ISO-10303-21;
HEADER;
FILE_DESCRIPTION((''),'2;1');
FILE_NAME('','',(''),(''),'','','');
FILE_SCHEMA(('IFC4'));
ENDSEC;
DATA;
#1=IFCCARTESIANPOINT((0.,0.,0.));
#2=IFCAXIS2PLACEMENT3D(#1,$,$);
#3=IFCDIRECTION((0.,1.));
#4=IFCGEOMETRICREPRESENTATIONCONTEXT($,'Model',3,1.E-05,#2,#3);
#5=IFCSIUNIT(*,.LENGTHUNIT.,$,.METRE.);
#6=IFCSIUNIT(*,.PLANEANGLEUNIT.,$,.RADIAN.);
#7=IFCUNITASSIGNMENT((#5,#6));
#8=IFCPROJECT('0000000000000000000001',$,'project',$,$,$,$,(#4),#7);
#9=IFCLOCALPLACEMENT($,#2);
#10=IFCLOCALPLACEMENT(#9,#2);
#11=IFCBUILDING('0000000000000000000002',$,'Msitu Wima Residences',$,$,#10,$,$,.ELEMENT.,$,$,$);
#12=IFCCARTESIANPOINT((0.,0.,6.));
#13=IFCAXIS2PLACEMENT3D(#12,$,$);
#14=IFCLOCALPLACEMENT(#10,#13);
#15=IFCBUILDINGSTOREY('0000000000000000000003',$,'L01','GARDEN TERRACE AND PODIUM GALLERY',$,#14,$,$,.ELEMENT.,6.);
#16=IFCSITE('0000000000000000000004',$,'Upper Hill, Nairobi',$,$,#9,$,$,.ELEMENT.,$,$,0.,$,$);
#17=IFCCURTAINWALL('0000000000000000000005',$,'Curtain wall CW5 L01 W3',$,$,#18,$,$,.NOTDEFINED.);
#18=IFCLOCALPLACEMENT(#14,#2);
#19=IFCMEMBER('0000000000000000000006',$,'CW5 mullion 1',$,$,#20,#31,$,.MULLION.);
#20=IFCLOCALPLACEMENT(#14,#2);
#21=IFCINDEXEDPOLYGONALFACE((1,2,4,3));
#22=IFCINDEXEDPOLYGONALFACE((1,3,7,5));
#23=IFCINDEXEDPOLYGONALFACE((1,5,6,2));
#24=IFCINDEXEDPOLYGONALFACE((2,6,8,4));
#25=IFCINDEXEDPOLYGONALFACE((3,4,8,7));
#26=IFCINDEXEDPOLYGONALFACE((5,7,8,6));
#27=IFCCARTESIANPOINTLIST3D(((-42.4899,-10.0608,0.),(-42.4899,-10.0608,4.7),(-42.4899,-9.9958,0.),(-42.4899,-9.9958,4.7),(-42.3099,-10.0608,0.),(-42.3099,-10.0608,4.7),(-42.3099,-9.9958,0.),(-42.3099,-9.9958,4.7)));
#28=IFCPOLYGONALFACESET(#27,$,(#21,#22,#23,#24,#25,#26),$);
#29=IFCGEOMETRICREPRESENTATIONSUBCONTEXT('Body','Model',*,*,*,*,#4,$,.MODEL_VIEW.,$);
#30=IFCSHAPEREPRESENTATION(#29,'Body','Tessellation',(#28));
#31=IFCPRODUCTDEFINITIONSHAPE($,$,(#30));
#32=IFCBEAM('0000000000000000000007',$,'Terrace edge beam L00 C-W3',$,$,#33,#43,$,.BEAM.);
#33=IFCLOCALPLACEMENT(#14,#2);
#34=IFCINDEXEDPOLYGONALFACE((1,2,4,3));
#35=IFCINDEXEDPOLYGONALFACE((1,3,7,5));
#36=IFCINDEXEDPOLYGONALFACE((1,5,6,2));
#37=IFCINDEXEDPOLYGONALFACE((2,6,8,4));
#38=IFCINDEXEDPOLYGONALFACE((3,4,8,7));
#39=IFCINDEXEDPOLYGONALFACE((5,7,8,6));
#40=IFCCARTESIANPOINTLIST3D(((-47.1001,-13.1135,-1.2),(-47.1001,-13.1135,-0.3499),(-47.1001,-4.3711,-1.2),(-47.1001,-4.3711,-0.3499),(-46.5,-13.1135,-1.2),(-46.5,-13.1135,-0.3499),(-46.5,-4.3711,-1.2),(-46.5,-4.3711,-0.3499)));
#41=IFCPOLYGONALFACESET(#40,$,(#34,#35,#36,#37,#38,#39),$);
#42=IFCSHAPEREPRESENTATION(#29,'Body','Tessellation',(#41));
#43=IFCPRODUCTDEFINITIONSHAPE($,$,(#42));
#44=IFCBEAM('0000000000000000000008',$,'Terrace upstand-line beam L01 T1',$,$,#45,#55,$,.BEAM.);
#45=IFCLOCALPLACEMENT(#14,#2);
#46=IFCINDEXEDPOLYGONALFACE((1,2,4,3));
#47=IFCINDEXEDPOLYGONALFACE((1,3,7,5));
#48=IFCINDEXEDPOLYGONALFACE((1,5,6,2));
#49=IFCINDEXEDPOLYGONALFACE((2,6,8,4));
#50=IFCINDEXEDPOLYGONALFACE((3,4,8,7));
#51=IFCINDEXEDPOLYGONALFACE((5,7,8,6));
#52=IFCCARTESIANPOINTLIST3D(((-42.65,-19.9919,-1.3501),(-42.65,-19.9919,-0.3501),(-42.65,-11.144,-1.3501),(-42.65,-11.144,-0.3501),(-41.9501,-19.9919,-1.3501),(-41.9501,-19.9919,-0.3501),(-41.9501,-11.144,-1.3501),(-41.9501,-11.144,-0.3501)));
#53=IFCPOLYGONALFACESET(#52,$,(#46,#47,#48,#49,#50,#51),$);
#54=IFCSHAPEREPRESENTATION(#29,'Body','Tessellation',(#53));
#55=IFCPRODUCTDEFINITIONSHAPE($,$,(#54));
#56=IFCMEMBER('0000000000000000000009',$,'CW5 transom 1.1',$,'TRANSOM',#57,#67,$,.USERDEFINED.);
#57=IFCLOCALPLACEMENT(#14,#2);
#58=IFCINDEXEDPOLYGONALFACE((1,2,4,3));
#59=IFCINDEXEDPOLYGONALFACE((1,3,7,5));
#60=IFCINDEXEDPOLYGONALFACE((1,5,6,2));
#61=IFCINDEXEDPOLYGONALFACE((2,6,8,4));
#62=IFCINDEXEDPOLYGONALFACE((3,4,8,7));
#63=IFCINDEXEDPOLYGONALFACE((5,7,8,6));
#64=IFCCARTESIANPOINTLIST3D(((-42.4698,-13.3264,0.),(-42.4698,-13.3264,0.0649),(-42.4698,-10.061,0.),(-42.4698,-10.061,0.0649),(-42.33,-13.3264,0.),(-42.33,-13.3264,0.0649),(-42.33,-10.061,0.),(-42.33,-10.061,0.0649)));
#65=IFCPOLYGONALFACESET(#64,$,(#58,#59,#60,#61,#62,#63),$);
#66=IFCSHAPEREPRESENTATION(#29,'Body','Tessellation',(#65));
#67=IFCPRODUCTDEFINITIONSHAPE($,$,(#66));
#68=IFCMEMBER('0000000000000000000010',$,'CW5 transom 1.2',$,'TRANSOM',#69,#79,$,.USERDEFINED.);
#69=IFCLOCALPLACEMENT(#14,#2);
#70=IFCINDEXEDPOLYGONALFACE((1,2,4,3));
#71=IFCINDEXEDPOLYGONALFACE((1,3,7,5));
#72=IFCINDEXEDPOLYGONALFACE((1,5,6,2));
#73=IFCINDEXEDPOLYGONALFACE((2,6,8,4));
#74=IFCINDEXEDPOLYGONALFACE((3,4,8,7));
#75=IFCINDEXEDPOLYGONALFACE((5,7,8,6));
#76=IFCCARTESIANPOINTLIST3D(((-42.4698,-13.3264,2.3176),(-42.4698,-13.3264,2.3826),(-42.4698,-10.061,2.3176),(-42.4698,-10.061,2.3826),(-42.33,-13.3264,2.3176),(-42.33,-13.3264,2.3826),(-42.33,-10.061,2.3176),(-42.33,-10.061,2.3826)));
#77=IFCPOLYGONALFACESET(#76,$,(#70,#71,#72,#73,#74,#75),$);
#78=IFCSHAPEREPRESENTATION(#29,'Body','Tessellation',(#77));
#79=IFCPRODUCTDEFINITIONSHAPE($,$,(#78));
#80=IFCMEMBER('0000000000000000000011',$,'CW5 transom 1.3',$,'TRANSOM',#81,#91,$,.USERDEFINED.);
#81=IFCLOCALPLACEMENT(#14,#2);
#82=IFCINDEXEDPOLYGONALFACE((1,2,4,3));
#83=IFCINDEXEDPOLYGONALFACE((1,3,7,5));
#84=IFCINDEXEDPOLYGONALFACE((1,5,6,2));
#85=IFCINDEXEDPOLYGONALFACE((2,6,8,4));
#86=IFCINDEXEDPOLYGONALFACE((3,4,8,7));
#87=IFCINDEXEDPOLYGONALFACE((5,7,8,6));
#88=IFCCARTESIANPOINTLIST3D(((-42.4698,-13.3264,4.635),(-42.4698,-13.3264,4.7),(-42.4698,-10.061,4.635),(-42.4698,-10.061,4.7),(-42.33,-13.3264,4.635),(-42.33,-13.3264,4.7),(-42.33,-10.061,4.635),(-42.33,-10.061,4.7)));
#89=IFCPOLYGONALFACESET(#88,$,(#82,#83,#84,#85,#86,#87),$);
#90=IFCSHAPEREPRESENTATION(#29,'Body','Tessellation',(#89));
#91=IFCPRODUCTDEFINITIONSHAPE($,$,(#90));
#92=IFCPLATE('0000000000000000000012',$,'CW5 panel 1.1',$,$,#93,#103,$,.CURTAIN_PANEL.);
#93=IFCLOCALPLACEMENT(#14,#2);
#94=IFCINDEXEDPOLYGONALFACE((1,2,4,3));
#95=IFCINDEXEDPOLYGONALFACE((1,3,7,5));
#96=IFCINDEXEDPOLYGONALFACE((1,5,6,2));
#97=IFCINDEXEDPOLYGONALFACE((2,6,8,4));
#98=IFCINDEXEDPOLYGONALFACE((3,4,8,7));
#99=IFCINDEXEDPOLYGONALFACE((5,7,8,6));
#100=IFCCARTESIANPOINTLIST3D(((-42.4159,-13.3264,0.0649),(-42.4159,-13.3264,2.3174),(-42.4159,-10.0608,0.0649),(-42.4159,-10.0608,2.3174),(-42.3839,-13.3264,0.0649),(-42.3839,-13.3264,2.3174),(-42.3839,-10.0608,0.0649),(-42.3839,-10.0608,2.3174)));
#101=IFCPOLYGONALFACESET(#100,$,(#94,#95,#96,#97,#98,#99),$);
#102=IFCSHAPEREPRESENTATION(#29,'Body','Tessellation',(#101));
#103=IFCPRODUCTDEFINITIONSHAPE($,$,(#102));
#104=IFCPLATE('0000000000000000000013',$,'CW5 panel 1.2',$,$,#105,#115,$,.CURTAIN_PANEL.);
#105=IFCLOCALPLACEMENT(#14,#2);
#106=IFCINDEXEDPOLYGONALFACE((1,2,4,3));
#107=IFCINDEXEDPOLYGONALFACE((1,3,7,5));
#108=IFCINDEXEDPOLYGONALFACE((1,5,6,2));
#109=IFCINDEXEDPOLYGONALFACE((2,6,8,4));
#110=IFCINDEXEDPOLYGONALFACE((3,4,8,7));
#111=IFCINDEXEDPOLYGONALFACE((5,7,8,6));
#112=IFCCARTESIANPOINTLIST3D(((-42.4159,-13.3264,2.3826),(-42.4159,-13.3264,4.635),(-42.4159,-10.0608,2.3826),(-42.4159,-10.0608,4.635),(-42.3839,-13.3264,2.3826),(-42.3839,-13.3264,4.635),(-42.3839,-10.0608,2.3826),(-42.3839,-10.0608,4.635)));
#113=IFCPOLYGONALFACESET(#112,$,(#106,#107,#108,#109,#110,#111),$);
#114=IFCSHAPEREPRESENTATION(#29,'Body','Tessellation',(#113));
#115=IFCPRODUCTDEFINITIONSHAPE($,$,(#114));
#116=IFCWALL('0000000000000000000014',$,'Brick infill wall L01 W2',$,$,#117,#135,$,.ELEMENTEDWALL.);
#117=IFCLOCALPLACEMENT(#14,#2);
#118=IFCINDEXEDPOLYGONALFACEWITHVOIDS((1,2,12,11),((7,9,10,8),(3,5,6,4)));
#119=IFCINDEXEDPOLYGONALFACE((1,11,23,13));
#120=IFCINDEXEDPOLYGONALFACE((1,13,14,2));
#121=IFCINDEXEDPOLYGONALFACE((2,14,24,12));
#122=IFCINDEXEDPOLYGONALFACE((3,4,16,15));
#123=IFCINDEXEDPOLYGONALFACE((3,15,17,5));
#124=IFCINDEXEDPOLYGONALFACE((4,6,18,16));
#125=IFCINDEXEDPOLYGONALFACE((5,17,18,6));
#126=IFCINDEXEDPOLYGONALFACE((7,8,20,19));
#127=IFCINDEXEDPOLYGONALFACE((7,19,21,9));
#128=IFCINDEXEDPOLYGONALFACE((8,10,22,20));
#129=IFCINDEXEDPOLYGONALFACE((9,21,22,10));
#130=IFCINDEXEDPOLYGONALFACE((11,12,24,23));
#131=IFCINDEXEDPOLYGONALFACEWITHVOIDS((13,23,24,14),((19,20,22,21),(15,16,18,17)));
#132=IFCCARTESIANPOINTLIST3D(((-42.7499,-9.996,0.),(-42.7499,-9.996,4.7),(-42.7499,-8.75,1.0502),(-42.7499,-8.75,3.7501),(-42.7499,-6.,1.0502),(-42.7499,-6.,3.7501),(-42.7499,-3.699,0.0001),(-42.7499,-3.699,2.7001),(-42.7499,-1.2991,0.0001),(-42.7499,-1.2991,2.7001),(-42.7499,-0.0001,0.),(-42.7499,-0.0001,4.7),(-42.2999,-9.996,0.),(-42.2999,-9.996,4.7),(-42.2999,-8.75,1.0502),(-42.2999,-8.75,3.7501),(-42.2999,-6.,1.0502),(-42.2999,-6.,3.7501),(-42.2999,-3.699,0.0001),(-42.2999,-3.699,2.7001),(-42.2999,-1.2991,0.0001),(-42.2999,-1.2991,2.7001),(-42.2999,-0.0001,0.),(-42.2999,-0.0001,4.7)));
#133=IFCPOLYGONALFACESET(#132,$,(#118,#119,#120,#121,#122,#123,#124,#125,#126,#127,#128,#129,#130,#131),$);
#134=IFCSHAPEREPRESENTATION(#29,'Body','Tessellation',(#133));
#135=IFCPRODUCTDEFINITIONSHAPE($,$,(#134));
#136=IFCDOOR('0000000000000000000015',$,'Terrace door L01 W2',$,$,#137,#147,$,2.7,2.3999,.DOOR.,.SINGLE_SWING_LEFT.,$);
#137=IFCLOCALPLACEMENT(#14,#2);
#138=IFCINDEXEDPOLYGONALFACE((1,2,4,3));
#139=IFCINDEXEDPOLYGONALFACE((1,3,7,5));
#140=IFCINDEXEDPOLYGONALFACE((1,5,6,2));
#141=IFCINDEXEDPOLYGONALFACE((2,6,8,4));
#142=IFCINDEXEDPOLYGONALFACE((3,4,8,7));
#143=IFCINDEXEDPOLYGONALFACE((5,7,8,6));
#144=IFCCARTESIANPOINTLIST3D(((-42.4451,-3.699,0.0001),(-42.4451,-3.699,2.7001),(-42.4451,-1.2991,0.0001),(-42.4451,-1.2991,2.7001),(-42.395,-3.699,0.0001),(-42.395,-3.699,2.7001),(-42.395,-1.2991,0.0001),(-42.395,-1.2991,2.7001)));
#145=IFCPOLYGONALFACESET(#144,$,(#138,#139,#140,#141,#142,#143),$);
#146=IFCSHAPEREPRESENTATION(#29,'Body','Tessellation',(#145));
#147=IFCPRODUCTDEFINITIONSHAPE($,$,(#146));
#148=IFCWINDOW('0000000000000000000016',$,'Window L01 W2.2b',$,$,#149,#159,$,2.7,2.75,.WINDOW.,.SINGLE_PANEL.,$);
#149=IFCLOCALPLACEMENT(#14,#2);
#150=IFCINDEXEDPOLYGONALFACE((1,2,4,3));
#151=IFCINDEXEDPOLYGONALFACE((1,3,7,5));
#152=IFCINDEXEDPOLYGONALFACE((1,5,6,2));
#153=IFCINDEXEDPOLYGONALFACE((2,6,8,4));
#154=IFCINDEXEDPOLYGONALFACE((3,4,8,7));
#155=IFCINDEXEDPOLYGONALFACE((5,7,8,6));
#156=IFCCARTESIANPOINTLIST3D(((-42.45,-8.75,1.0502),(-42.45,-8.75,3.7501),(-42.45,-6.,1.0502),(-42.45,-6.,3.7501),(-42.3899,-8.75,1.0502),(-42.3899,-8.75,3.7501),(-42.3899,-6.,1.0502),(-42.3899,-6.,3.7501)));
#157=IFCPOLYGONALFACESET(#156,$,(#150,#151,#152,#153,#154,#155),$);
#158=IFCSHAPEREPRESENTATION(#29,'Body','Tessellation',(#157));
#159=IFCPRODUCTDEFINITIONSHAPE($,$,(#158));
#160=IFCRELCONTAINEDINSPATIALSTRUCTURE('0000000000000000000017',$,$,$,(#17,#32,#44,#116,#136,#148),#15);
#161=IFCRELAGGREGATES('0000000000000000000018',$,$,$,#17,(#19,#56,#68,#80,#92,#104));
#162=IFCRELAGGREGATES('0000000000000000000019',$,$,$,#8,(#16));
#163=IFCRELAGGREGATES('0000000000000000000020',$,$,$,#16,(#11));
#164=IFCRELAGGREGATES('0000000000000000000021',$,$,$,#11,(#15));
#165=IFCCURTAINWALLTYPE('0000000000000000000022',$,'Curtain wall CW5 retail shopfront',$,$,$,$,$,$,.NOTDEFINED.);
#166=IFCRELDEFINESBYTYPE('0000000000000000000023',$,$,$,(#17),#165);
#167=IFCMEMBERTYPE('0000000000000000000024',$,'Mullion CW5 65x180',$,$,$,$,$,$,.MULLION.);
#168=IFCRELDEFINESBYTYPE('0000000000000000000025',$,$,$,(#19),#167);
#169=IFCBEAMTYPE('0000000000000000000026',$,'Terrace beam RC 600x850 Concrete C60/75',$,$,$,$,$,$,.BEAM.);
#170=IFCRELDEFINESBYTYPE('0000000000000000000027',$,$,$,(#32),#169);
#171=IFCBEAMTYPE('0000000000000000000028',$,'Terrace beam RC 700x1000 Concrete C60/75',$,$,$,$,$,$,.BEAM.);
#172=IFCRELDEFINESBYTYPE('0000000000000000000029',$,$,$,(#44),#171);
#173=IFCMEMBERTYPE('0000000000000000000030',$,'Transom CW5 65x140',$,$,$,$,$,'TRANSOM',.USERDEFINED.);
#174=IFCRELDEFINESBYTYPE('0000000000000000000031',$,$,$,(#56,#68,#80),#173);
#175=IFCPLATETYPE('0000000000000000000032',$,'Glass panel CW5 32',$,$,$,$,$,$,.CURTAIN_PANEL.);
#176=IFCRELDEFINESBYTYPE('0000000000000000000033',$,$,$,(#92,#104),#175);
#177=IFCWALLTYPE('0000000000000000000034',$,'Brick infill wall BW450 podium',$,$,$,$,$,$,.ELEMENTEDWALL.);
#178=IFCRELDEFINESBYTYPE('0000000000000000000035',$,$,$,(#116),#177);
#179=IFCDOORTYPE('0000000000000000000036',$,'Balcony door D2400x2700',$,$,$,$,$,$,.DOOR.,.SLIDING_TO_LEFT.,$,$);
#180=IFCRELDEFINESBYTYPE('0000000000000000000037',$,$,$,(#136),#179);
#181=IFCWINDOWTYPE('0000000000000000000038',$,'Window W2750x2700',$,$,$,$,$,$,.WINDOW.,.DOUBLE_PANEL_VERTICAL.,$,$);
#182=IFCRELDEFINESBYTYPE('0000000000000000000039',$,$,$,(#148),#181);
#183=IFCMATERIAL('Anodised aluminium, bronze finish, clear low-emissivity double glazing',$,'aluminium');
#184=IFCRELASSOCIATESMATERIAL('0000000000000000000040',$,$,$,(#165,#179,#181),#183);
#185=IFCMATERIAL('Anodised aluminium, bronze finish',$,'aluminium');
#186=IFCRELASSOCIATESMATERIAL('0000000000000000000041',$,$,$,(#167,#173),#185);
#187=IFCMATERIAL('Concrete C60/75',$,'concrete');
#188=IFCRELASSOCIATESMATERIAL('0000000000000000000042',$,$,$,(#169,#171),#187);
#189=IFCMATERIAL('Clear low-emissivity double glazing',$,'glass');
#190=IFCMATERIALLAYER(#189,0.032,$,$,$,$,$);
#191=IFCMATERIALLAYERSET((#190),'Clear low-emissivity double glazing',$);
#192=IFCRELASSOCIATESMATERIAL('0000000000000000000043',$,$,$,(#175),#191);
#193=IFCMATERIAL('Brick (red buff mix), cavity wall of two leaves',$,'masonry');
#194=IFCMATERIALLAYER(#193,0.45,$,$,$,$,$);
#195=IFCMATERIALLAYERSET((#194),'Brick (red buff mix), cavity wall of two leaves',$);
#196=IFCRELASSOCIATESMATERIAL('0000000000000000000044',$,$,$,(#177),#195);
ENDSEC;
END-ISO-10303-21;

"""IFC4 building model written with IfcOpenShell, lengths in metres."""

from ifc_helpers import new_model, si_unit, direction, frame, frame_2d, origin, origin_2d, place, context, subcontext, project, spatial, rectangle, extrude, material, layer, layer_set, material_profile, profile_set, type_object, element, fill, aggregate, save


model = new_model("IFC4")

# Units and contexts
model_context = context("Model", 3, precision=1e-05, world=origin(), true_north=direction((0.0, 1.0)))
body_context = subcontext(model_context, "Body", "Model", "MODEL_VIEW")
ifc_project = project(units=[si_unit("LENGTHUNIT", "METRE"), si_unit("PLANEANGLEUNIT", "RADIAN")], contexts=[model_context])

# Site, building, storey
site_placement = place(None, origin())
site = spatial("IfcSite", under=ifc_project, at=site_placement, Name="Upper Hill, Nairobi", CompositionType="ELEMENT", RefElevation=0.0)
building_placement = place(site_placement, origin())
building = spatial("IfcBuilding", under=site, at=building_placement, Name="Msitu Wima Residences", CompositionType="ELEMENT")
storey_placement = place(building_placement, frame((0.0, 0.0, 6.0)))
storey = spatial("IfcBuildingStorey", under=building, at=storey_placement, Name="L01", Description="GARDEN TERRACE AND PODIUM GALLERY", CompositionType="ELEMENT", Elevation=6.0)

# Curtain wall, member
ifc_material_1 = material(Name="Anodised aluminium, bronze finish, clear low-emissivity double glazing", Category="aluminium")
curtain_wall_type = type_object("IfcCurtainWallType", Name="Curtain wall CW5 retail shopfront", PredefinedType="NOTDEFINED", material=ifc_material_1)
curtain_wall_placement = place(storey_placement, origin())
curtain_wall = element("IfcCurtainWall", 1, at=curtain_wall_placement, inside=storey, type_object=curtain_wall_type, Name="Curtain wall CW5 L01 W3", PredefinedType="NOTDEFINED")
ifc_material_2 = material(Name="Anodised aluminium, bronze finish", Category="aluminium")
ifc_material_profile_1 = material_profile(ifc_material_2, rectangle(XDim=0.1799, YDim=0.0649, at=origin_2d()), Name="Mullion 65x180")
ifc_profile_set_1 = profile_set([ifc_material_profile_1], Name="Anodised aluminium, bronze finish")
member_type_1 = type_object("IfcMemberType", Name="Mullion CW5 65x180", PredefinedType="MULLION", material=ifc_profile_set_1)
member_1_placement = place(storey_placement, frame((-42.3999, -10.0283, 0.0), z_axis=(0.0, 0.0, 1.0), x_axis=(1.0, 0.0, 0.0)))
member_1 = element("IfcMember", 2, at=member_1_placement, type_object=member_type_1, Name="CW5 mullion 1", PredefinedType="MULLION", context=body_context, shape_type="SweptSolid", body=[
    extrude(rectangle(XDim=0.1799, YDim=0.0649, at=origin_2d()), origin(), (0.0, 0.0, 1.0), 4.7),
])

# Beams
ifc_material_3 = material(Name="Concrete C60/75", Category="concrete")
ifc_material_profile_2 = material_profile(ifc_material_3, rectangle(XDim=0.6001, YDim=0.8501, at=origin_2d()), Name="RC 600x850")
ifc_profile_set_2 = profile_set([ifc_material_profile_2], Name="Concrete C60/75")
beam_type_1 = type_object("IfcBeamType", Name="Terrace beam RC 600x850 Concrete C60/75", PredefinedType="BEAM", material=ifc_profile_set_2)
beam_1_placement = place(storey_placement, frame((-46.8, -4.3711, -0.7749), z_axis=(0.0, -1.0, 0.0), x_axis=(1.0, 0.0, 0.0)))
element("IfcBeam", 3, at=beam_1_placement, inside=storey, type_object=beam_type_1, Name="Terrace edge beam L00 C-W3", PredefinedType="BEAM", context=body_context, shape_type="SweptSolid", body=[
    extrude(rectangle(XDim=0.6001, YDim=0.8501, at=origin_2d()), origin(), (0.0, 0.0, 1.0), 8.7424),
])
ifc_material_profile_3 = material_profile(ifc_material_3, rectangle(XDim=0.7, YDim=1.0, at=origin_2d()), Name="RC 700x1000")
ifc_profile_set_3 = profile_set([ifc_material_profile_3], Name="Concrete C60/75")
beam_type_2 = type_object("IfcBeamType", Name="Terrace beam RC 700x1000 Concrete C60/75", PredefinedType="BEAM", material=ifc_profile_set_3)
beam_2_placement = place(storey_placement, frame((-42.3, -11.144, -0.8501), z_axis=(0.0, -1.0, 0.0), x_axis=(1.0, 0.0, 0.0)))
element("IfcBeam", 4, at=beam_2_placement, inside=storey, type_object=beam_type_2, Name="Terrace upstand-line beam L01 T1", PredefinedType="BEAM", context=body_context, shape_type="SweptSolid", body=[
    extrude(rectangle(XDim=0.7, YDim=1.0, at=origin_2d()), origin(), (0.0, 0.0, 1.0), 8.8479),
])

# Members
ifc_material_profile_4 = material_profile(ifc_material_2, rectangle(XDim=0.1399, YDim=0.0649, at=origin_2d()), Name="Transom 65x140")
ifc_profile_set_4 = profile_set([ifc_material_profile_4], Name="Anodised aluminium, bronze finish")
member_type_2 = type_object("IfcMemberType", Name="Transom CW5 65x140", ElementType="TRANSOM", PredefinedType="USERDEFINED", material=ifc_profile_set_4)
member_2_placement = place(storey_placement, frame((-42.3999, -10.061, 0.0325), z_axis=(0.0, -1.0, 0.0), x_axis=(1.0, 0.0, 0.0)))
member_2 = element("IfcMember", 5, at=member_2_placement, type_object=member_type_2, Name="CW5 transom 1.1", ObjectType="TRANSOM", PredefinedType="USERDEFINED", context=body_context, shape_type="SweptSolid", body=[
    extrude(rectangle(XDim=0.1399, YDim=0.0649, at=origin_2d()), origin(), (0.0, 0.0, 1.0), 3.2654),
])
member_3_placement = place(storey_placement, frame((-42.3999, -10.061, 2.3501), z_axis=(0.0, -1.0, 0.0), x_axis=(1.0, 0.0, 0.0)))
member_3 = element("IfcMember", 6, at=member_3_placement, type_object=member_type_2, Name="CW5 transom 1.2", ObjectType="TRANSOM", PredefinedType="USERDEFINED", context=body_context, shape_type="SweptSolid", body=[
    extrude(rectangle(XDim=0.1399, YDim=0.0649, at=origin_2d()), origin(), (0.0, 0.0, 1.0), 3.2654),
])
member_4_placement = place(storey_placement, frame((-42.3999, -10.061, 4.6675), z_axis=(0.0, -1.0, 0.0), x_axis=(1.0, 0.0, 0.0)))
member_4 = element("IfcMember", 7, at=member_4_placement, type_object=member_type_2, Name="CW5 transom 1.3", ObjectType="TRANSOM", PredefinedType="USERDEFINED", context=body_context, shape_type="SweptSolid", body=[
    extrude(rectangle(XDim=0.1399, YDim=0.0649, at=origin_2d()), origin(), (0.0, 0.0, 1.0), 3.2654),
])

# Plates
ifc_material_4 = material(Name="Clear low-emissivity double glazing", Category="glass")
ifc_layer_1 = layer(ifc_material_4, 0.032)
ifc_layer_set_1 = layer_set([ifc_layer_1], Name="Clear low-emissivity double glazing")
plate_type = type_object("IfcPlateType", Name="Glass panel CW5 32", PredefinedType="CURTAIN_PANEL", material=ifc_layer_set_1)
plate_1_placement = place(storey_placement, frame((-42.3999, -11.6936, 0.0649), z_axis=(0.0, 0.0, 1.0), x_axis=(0.0, -1.0, 0.0)))
plate_1 = element("IfcPlate", 8, at=plate_1_placement, type_object=plate_type, Name="CW5 panel 1.1", PredefinedType="CURTAIN_PANEL", context=body_context, shape_type="SweptSolid", body=[
    extrude(rectangle(XDim=3.2656, YDim=0.032, at=origin_2d()), origin(), (0.0, 0.0, 1.0), 2.2524),
])
plate_2_placement = place(storey_placement, frame((-42.3999, -11.6936, 2.3826), z_axis=(0.0, 0.0, 1.0), x_axis=(0.0, -1.0, 0.0)))
plate_2 = element("IfcPlate", 9, at=plate_2_placement, type_object=plate_type, Name="CW5 panel 1.2", PredefinedType="CURTAIN_PANEL", context=body_context, shape_type="SweptSolid", body=[
    extrude(rectangle(XDim=3.2656, YDim=0.032, at=origin_2d()), origin(), (0.0, 0.0, 1.0), 2.2524),
])
aggregate(curtain_wall, [member_1, member_2, member_3, member_4, plate_1, plate_2])

# Wall, openings, door, window
ifc_material_5 = material(Name="Brick (red buff mix), cavity wall of two leaves", Category="masonry")
ifc_layer_2 = layer(ifc_material_5, 0.45)
ifc_layer_set_2 = layer_set([ifc_layer_2], Name="Brick (red buff mix), cavity wall of two leaves")
wall_type_1 = type_object("IfcWallType", Name="Brick infill wall BW450 podium", PredefinedType="ELEMENTEDWALL", material=ifc_layer_set_2)
wall_1_placement = place(storey_placement, frame((-42.5249, 0.0, 0.0), z_axis=(0.0, 0.0, 1.0), x_axis=(0.0, -1.0, 0.0)))
wall_1 = element("IfcWall", 10, at=wall_1_placement, inside=storey, type_object=wall_type_1, Name="Brick infill wall L01 W2", PredefinedType="ELEMENTEDWALL", context=body_context, shape_type="SweptSolid", body=[
    extrude(rectangle(XDim=9.9958, YDim=0.45, at=frame_2d((4.998, 0.0))), origin(), (0.0, 0.0, 1.0), 4.7),
])
opening_1_placement = place(wall_1_placement, frame((1.2991, 0.0, 0.0)))
opening_1 = element("IfcOpeningElement", 11, at=opening_1_placement, cuts=wall_1, PredefinedType="OPENING", context=body_context, shape_type="SweptSolid", body=[
    extrude(rectangle(XDim=2.3999, YDim=2.7, at=frame_2d((1.2, 1.3501))), frame((0.0, 0.2349, 0.0), z_axis=(0.0, -1.0, 0.0), x_axis=(1.0, 0.0, 0.0)), (0.0, 0.0, 1.0), 0.47),
])
opening_2_placement = place(wall_1_placement, frame((6.0, 0.0, 1.05)))
opening_2 = element("IfcOpeningElement", 12, at=opening_2_placement, cuts=wall_1, PredefinedType="OPENING", context=body_context, shape_type="SweptSolid", body=[
    extrude(rectangle(XDim=2.75, YDim=2.7, at=frame_2d((1.375, 1.3501))), frame((0.0, 0.2349, 0.0), z_axis=(0.0, -1.0, 0.0), x_axis=(1.0, 0.0, 0.0)), (0.0, 0.0, 1.0), 0.47),
])
door_type_1 = type_object("IfcDoorType", Name="Balcony door D2400x2700", OperationType="SLIDING_TO_LEFT", PredefinedType="DOOR", material=ifc_material_1)
door_1_placement = place(opening_1_placement, origin())
door_1 = element("IfcDoor", 13, at=door_1_placement, inside=storey, type_object=door_type_1, Name="Terrace door L01 W2", OperationType="SINGLE_SWING_LEFT", OverallHeight=2.7, OverallWidth=2.3999, PredefinedType="DOOR", context=body_context, shape_type="SweptSolid", body=[
    extrude(rectangle(XDim=2.3999, YDim=2.7, at=frame_2d((1.2, 1.3501))), frame((0.0, 0.1299, 0.0), z_axis=(0.0, -1.0, 0.0), x_axis=(1.0, 0.0, 0.0)), (0.0, 0.0, 1.0), 0.05),
])
fill(opening_1, door_1)
window_type = type_object("IfcWindowType", Name="Window W2750x2700", PartitioningType="DOUBLE_PANEL_VERTICAL", PredefinedType="WINDOW", material=ifc_material_1)
window_placement = place(opening_2_placement, origin())
window = element("IfcWindow", 14, at=window_placement, inside=storey, type_object=window_type, Name="Window L01 W2.2b", OverallHeight=2.7, OverallWidth=2.75, PartitioningType="SINGLE_PANEL", PredefinedType="WINDOW", context=body_context, shape_type="SweptSolid", body=[
    extrude(rectangle(XDim=2.75, YDim=2.7, at=frame_2d((1.375, 1.3501))), frame((0.0, 0.135, 0.0), z_axis=(0.0, -1.0, 0.0), x_axis=(1.0, 0.0, 0.0)), (0.0, 0.0, 1.0), 0.0601),
])
fill(opening_2, window)

save(model, "model.ifc")
